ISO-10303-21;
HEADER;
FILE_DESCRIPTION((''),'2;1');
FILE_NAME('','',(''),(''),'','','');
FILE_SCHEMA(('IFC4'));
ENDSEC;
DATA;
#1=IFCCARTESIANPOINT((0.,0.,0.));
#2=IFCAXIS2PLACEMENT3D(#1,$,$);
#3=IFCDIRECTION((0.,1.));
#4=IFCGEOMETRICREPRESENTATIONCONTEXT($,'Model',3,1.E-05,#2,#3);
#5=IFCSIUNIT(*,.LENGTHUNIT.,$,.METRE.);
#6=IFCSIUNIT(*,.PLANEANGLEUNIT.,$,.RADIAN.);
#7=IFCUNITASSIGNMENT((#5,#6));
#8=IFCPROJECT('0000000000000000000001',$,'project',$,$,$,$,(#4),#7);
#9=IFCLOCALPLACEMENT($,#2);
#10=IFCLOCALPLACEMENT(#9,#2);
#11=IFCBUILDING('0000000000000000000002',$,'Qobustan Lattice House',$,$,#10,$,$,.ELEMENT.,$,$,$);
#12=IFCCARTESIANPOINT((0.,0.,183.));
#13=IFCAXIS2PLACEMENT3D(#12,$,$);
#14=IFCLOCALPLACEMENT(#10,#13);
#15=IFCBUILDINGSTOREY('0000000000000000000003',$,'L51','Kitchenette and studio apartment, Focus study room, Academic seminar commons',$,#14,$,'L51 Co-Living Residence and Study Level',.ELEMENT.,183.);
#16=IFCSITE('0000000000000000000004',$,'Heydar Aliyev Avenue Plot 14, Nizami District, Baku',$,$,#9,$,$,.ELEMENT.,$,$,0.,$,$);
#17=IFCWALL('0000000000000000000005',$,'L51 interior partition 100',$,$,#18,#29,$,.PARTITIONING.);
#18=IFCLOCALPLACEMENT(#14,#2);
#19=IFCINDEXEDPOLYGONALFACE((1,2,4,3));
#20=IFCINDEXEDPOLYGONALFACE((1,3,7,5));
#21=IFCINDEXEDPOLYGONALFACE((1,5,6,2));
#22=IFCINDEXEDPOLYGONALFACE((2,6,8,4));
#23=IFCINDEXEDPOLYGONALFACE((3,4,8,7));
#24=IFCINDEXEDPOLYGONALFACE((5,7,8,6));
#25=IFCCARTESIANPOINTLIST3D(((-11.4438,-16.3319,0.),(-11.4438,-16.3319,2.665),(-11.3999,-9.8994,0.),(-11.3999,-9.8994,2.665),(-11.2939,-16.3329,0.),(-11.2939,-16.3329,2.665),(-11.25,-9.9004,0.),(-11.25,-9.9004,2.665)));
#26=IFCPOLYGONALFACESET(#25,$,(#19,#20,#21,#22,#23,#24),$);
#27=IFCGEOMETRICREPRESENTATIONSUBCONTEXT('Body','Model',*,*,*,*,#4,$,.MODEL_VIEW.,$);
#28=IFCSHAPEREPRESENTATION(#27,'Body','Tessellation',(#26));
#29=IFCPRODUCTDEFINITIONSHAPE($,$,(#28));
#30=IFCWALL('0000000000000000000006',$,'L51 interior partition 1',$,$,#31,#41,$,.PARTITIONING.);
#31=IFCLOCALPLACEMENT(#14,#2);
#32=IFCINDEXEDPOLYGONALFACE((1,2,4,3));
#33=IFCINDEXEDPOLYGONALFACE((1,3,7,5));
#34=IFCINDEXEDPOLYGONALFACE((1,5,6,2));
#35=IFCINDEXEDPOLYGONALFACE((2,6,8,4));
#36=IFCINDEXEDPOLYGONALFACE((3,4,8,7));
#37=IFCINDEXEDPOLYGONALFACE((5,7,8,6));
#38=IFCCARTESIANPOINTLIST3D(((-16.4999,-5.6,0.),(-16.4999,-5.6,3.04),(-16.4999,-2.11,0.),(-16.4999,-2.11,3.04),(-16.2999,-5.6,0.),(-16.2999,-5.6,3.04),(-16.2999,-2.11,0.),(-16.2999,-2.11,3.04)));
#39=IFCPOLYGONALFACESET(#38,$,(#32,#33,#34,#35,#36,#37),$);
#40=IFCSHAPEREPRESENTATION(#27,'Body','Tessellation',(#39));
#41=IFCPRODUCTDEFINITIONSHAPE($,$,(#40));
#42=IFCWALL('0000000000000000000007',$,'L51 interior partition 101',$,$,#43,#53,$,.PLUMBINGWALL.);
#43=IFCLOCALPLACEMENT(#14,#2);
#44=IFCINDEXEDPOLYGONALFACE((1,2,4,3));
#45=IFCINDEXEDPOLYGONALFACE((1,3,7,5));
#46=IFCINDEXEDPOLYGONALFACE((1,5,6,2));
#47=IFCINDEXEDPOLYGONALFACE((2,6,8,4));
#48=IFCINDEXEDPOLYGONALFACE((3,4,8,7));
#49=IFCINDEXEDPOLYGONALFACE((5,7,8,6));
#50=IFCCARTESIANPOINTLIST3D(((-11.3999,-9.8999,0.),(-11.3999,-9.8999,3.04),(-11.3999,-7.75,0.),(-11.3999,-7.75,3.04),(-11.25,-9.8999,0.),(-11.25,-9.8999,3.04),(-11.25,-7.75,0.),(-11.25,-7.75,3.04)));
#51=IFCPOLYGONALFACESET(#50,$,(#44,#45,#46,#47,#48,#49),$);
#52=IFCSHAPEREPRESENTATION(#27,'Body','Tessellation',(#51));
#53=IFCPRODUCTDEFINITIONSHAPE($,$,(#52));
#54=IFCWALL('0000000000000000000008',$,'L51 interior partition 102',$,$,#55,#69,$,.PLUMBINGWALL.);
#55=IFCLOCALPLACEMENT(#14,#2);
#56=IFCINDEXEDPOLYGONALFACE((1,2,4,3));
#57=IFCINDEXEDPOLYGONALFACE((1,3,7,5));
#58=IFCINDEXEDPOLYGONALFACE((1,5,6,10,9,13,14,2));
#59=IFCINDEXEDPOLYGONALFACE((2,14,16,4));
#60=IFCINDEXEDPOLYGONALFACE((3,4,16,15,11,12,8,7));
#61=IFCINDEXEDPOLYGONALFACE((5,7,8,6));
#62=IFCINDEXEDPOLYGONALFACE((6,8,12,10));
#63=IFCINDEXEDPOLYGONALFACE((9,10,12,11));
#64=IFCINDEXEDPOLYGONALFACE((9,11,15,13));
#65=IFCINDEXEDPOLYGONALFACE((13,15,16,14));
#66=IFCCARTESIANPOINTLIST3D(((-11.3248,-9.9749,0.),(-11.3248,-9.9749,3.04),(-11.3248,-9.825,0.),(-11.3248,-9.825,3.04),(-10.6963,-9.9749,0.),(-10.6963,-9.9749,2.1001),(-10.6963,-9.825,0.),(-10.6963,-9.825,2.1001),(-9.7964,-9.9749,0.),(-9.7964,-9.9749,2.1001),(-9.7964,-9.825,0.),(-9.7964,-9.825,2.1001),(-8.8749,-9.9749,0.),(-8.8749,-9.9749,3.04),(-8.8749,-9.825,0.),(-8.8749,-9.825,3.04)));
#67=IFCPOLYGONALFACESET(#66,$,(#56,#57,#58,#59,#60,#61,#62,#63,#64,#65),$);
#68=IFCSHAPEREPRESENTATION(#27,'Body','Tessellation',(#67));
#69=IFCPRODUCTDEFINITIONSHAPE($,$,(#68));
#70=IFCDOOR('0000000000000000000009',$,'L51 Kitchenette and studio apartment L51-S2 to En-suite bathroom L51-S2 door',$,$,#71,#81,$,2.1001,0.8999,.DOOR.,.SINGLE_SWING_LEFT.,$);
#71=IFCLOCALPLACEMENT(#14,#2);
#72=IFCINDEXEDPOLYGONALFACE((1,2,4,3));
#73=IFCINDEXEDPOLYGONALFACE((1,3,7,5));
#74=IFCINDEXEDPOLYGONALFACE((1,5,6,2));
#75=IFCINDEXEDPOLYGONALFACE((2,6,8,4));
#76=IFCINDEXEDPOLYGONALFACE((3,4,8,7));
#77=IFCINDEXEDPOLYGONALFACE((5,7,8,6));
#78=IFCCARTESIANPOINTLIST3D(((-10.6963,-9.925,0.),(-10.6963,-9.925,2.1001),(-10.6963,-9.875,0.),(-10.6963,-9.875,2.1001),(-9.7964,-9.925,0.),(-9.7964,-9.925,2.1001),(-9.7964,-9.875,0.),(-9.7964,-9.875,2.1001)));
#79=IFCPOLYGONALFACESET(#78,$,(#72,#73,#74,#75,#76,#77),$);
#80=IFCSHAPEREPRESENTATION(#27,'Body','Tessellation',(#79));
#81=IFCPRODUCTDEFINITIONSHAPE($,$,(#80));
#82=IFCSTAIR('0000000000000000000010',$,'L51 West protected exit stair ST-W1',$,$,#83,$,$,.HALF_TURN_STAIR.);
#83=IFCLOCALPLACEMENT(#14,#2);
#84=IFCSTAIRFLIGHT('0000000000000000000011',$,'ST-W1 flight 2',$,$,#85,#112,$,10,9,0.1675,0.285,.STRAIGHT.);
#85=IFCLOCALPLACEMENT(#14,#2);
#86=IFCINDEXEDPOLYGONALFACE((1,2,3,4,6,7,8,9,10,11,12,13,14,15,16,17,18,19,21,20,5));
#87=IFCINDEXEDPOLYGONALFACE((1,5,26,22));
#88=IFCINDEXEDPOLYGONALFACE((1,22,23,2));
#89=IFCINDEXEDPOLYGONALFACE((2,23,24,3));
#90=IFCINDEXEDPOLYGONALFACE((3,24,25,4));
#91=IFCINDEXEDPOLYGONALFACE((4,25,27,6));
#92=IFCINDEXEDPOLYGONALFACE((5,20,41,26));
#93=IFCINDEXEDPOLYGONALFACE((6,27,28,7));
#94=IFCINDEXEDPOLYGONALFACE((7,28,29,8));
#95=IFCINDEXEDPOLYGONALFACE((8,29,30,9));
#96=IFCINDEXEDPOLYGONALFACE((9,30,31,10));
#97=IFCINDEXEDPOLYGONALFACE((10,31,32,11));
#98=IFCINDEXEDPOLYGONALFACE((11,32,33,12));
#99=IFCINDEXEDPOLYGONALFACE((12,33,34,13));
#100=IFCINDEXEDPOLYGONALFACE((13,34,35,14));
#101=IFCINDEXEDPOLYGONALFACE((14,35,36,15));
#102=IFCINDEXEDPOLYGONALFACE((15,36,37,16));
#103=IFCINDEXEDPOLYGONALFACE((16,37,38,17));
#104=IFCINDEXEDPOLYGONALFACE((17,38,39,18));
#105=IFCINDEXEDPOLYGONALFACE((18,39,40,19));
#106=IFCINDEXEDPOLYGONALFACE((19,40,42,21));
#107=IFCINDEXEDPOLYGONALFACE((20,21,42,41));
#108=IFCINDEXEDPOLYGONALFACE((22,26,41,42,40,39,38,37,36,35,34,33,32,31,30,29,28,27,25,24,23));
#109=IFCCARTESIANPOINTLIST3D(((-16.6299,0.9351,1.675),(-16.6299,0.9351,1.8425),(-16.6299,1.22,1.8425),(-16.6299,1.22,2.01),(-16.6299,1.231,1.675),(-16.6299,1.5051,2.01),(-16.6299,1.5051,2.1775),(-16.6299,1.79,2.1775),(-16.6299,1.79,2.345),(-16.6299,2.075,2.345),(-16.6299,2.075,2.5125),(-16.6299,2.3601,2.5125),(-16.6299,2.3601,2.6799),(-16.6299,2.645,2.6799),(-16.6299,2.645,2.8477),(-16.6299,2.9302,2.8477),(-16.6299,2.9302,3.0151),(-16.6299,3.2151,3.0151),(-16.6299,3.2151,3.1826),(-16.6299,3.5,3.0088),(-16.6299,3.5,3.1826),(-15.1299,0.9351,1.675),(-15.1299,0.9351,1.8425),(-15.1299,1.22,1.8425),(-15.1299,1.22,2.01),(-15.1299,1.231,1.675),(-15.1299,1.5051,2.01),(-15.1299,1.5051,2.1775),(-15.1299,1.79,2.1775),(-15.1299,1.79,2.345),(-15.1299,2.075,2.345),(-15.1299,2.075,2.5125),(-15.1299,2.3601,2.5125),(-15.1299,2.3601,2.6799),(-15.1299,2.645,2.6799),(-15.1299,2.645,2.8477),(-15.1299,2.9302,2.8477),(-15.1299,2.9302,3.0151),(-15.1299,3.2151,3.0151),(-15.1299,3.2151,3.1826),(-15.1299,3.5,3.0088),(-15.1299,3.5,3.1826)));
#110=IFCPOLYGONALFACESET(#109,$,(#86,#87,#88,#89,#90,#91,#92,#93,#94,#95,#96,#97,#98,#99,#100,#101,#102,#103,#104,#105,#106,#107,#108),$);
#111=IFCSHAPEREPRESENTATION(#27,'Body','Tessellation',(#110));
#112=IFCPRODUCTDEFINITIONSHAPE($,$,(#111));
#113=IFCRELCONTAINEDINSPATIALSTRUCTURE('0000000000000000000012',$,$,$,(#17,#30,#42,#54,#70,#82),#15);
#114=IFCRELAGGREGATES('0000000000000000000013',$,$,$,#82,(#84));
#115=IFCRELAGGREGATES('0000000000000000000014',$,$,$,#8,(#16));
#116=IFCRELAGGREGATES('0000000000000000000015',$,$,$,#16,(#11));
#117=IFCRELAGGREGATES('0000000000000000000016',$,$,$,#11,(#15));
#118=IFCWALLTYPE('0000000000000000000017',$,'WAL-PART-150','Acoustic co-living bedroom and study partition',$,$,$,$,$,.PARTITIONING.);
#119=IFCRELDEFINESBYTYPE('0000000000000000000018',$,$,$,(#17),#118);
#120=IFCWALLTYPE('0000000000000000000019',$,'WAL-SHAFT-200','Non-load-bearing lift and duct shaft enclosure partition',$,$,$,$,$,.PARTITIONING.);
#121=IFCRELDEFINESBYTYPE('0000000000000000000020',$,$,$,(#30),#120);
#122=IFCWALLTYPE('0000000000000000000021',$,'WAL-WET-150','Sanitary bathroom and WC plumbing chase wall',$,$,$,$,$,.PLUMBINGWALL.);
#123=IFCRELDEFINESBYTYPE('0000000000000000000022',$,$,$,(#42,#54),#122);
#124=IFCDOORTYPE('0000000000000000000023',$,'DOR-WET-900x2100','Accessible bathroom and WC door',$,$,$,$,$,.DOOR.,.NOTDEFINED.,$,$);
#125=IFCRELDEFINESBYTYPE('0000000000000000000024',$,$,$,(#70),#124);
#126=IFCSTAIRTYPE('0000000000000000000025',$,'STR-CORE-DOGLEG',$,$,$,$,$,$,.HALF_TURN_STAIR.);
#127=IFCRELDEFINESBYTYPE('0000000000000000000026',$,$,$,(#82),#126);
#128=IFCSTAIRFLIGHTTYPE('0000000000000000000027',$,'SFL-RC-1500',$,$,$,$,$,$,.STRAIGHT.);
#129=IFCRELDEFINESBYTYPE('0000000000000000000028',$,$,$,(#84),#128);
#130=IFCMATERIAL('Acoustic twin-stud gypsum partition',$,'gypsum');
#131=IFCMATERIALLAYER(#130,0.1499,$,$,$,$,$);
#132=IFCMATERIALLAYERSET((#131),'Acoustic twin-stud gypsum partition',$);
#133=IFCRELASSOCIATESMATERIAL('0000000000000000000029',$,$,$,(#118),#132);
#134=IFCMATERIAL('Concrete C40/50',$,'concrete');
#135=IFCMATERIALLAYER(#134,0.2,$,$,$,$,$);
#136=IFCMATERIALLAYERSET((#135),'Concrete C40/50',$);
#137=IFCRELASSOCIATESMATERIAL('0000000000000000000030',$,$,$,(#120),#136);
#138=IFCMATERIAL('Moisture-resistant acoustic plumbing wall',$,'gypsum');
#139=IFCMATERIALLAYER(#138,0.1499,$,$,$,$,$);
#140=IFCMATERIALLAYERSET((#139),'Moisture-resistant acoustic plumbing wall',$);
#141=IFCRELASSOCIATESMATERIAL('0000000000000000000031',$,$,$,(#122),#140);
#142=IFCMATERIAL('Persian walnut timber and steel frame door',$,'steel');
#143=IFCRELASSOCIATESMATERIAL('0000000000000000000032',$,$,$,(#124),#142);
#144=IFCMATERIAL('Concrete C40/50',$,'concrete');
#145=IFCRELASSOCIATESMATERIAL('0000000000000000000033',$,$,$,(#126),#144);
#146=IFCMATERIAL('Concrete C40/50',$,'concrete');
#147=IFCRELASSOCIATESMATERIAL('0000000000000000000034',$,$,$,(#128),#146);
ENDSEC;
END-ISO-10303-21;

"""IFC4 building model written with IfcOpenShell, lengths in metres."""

from ifc_helpers import new_model, si_unit, direction, frame, frame_2d, origin, place, context, subcontext, project, spatial, polyline, rectangle, outline, extrude, material, layer, layer_set, type_object, element, fill, aggregate, save


model = new_model("IFC4")

# Units and contexts
model_context = context("Model", 3, precision=1e-05, world=origin(), true_north=direction((0.0, 1.0)))
body_context = subcontext(model_context, "Body", "Model", "MODEL_VIEW")
ifc_project = project(units=[si_unit("LENGTHUNIT", "METRE"), si_unit("PLANEANGLEUNIT", "RADIAN")], contexts=[model_context])

# Site, building, storey
site_placement = place(None, origin())
site = spatial("IfcSite", under=ifc_project, at=site_placement, Name="Heydar Aliyev Avenue Plot 14, Nizami District, Baku", CompositionType="ELEMENT", RefElevation=0.0)
building_placement = place(site_placement, origin())
building = spatial("IfcBuilding", under=site, at=building_placement, Name="Qobustan Lattice House", CompositionType="ELEMENT")
storey_placement = place(building_placement, frame((0.0, 0.0, 183.0)))
storey = spatial("IfcBuildingStorey", under=building, at=storey_placement, Name="L51", Description="Kitchenette and studio apartment, Focus study room, Academic seminar commons", LongName="L51 Co-Living Residence and Study Level", CompositionType="ELEMENT", Elevation=183.0)

# Shared definitions
ifc_material_1 = material(Name="Acoustic twin-stud gypsum partition", Category="gypsum")
ifc_layer_1 = layer(ifc_material_1, 0.1499)
ifc_layer_set_1 = layer_set([ifc_layer_1], Name="Acoustic twin-stud gypsum partition")
wall_type_1 = type_object("IfcWallType", Name="WAL-PART-150", Description="Acoustic co-living bedroom and study partition", PredefinedType="PARTITIONING", material=ifc_layer_set_1)

# Walls
wall_1_placement = place(storey_placement, frame((-11.325, -9.8999, 0.0), z_axis=(0.0, 0.0, 1.0), x_axis=(-0.006832, -0.999977, 0.0)))
element("IfcWall", 1, at=wall_1_placement, inside=storey, type_object=wall_type_1, Name="L51 interior partition 100", PredefinedType="PARTITIONING", context=body_context, shape_type="SweptSolid", body=[
    extrude(rectangle(XDim=6.4326, YDim=0.1499, at=frame_2d((3.2163, 0.0))), origin(), (0.0, 0.0, 1.0), 2.665),
])
ifc_material_2 = material(Name="Concrete C40/50", Category="concrete")
ifc_layer_2 = layer(ifc_material_2, 0.2)
ifc_layer_set_2 = layer_set([ifc_layer_2], Name="Concrete C40/50")
wall_type_2 = type_object("IfcWallType", Name="WAL-SHAFT-200", Description="Non-load-bearing lift and duct shaft enclosure partition", PredefinedType="PARTITIONING", material=ifc_layer_set_2)
wall_2_placement = place(storey_placement, frame((-16.3999, -5.6001, 0.0), z_axis=(0.0, 0.0, 1.0), x_axis=(0.0, 1.0, 0.0)))
element("IfcWall", 2, at=wall_2_placement, inside=storey, type_object=wall_type_2, Name="L51 interior partition 1", PredefinedType="PARTITIONING", context=body_context, shape_type="SweptSolid", body=[
    extrude(rectangle(XDim=3.49, YDim=0.2, at=frame_2d((1.7451, 0.0))), origin(), (0.0, 0.0, 1.0), 3.04),
])
ifc_material_3 = material(Name="Moisture-resistant acoustic plumbing wall", Category="gypsum")
ifc_layer_3 = layer(ifc_material_3, 0.1499)
ifc_layer_set_3 = layer_set([ifc_layer_3], Name="Moisture-resistant acoustic plumbing wall")
wall_type_3 = type_object("IfcWallType", Name="WAL-WET-150", Description="Sanitary bathroom and WC plumbing chase wall", PredefinedType="PLUMBINGWALL", material=ifc_layer_set_3)
wall_3_placement = place(storey_placement, frame((-11.325, -7.75, 0.0), z_axis=(0.0, 0.0, 1.0), x_axis=(0.0, -1.0, 0.0)))
element("IfcWall", 3, at=wall_3_placement, inside=storey, type_object=wall_type_3, Name="L51 interior partition 101", PredefinedType="PLUMBINGWALL", context=body_context, shape_type="SweptSolid", body=[
    extrude(rectangle(XDim=2.1499, YDim=0.1499, at=frame_2d((1.075, 0.0))), origin(), (0.0, 0.0, 1.0), 3.04),
])

# Wall, opening, door
wall_4_placement = place(storey_placement, frame((-11.325, -9.8999, 0.0), z_axis=(0.0, 0.0, 1.0), x_axis=(1.0, 0.0, 0.0)))
wall_4 = element("IfcWall", 4, at=wall_4_placement, inside=storey, type_object=wall_type_3, Name="L51 interior partition 102", PredefinedType="PLUMBINGWALL", context=body_context, shape_type="SweptSolid", body=[
    extrude(rectangle(XDim=2.45, YDim=0.1499, at=frame_2d((1.2251, 0.0))), origin(), (0.0, 0.0, 1.0), 3.04),
])
opening_1_placement = place(wall_4_placement, frame((0.6287, 0.0, 0.0)))
opening_1 = element("IfcOpeningElement", 5, at=opening_1_placement, cuts=wall_4, PredefinedType="OPENING", context=body_context, shape_type="SweptSolid", body=[
    extrude(rectangle(XDim=0.8999, YDim=2.1001, at=frame_2d((0.45, 1.05))), frame((0.0, 0.085, 0.0), z_axis=(0.0, -1.0, 0.0), x_axis=(1.0, 0.0, 0.0)), (0.0, 0.0, 1.0), 0.1699),
])
ifc_material_4 = material(Name="Persian walnut timber and steel frame door", Category="steel")
door_type_1 = type_object("IfcDoorType", Name="DOR-WET-900x2100", Description="Accessible bathroom and WC door", OperationType="NOTDEFINED", PredefinedType="DOOR", material=ifc_material_4)
door_1_placement = place(opening_1_placement, origin())
door_1 = element("IfcDoor", 6, at=door_1_placement, inside=storey, type_object=door_type_1, Name="L51 Kitchenette and studio apartment L51-S2 to En-suite bathroom L51-S2 door", OperationType="SINGLE_SWING_LEFT", OverallHeight=2.1001, OverallWidth=0.8999, PredefinedType="DOOR", context=body_context, shape_type="SweptSolid", body=[
    extrude(rectangle(XDim=0.8999, YDim=2.1001, at=frame_2d((0.45, 1.05))), frame((0.0, 0.0249, 0.0), z_axis=(0.0, -1.0, 0.0), x_axis=(1.0, 0.0, 0.0)), (0.0, 0.0, 1.0), 0.05),
])
fill(opening_1, door_1)

# Stair, stair flight
ifc_material_5 = material(Name="Concrete C40/50", Category="concrete")
stair_type = type_object("IfcStairType", Name="STR-CORE-DOGLEG", PredefinedType="HALF_TURN_STAIR", material=ifc_material_5)
stair_placement = place(storey_placement, origin())
stair = element("IfcStair", 7, at=stair_placement, inside=storey, type_object=stair_type, Name="L51 West protected exit stair ST-W1", PredefinedType="HALF_TURN_STAIR")
ifc_material_6 = material(Name="Concrete C40/50", Category="concrete")
stair_flight_type = type_object("IfcStairFlightType", Name="SFL-RC-1500", PredefinedType="STRAIGHT", material=ifc_material_6)
stair_flight_placement = place(storey_placement, frame((-15.8799, 0.9351, 1.675), z_axis=(0.0, 0.0, 1.0), x_axis=(0.0, 1.0, 0.0)))
stair_flight = element("IfcStairFlight", 8, at=stair_flight_placement, type_object=stair_flight_type, Name="ST-W1 flight 2", NumberOfRisers=10, NumberOfTreads=9, PredefinedType="STRAIGHT", RiserHeight=0.1675, TreadLength=0.285, context=body_context, shape_type="SweptSolid", body=[
    extrude(outline(polyline([(0.0, 0.0), (0.0, 0.1675), (0.2849, 0.1675), (0.2849, 0.335), (0.5701, 0.335), (0.5701, 0.5024), (0.855, 0.5024), (0.855, 0.6699), (1.1399, 0.6699), (1.1399, 0.8374), (1.425, 0.8374), (1.425, 1.0049), (1.71, 1.0049), (1.71, 1.1726), (1.9951, 1.1726), (1.9951, 1.3401), (2.28, 1.3401), (2.28, 1.5076), (2.5649, 1.5076), (2.5649, 1.675), (2.5649, 1.3337), (0.2959, 0.0), (0.0, 0.0)])), frame((0.0, 0.75, 0.0), z_axis=(0.0, -1.0, 0.0), x_axis=(1.0, 0.0, 0.0)), (0.0, 0.0, 1.0), 1.5),
])
aggregate(stair, [stair_flight])

save(model, "model.ifc")
